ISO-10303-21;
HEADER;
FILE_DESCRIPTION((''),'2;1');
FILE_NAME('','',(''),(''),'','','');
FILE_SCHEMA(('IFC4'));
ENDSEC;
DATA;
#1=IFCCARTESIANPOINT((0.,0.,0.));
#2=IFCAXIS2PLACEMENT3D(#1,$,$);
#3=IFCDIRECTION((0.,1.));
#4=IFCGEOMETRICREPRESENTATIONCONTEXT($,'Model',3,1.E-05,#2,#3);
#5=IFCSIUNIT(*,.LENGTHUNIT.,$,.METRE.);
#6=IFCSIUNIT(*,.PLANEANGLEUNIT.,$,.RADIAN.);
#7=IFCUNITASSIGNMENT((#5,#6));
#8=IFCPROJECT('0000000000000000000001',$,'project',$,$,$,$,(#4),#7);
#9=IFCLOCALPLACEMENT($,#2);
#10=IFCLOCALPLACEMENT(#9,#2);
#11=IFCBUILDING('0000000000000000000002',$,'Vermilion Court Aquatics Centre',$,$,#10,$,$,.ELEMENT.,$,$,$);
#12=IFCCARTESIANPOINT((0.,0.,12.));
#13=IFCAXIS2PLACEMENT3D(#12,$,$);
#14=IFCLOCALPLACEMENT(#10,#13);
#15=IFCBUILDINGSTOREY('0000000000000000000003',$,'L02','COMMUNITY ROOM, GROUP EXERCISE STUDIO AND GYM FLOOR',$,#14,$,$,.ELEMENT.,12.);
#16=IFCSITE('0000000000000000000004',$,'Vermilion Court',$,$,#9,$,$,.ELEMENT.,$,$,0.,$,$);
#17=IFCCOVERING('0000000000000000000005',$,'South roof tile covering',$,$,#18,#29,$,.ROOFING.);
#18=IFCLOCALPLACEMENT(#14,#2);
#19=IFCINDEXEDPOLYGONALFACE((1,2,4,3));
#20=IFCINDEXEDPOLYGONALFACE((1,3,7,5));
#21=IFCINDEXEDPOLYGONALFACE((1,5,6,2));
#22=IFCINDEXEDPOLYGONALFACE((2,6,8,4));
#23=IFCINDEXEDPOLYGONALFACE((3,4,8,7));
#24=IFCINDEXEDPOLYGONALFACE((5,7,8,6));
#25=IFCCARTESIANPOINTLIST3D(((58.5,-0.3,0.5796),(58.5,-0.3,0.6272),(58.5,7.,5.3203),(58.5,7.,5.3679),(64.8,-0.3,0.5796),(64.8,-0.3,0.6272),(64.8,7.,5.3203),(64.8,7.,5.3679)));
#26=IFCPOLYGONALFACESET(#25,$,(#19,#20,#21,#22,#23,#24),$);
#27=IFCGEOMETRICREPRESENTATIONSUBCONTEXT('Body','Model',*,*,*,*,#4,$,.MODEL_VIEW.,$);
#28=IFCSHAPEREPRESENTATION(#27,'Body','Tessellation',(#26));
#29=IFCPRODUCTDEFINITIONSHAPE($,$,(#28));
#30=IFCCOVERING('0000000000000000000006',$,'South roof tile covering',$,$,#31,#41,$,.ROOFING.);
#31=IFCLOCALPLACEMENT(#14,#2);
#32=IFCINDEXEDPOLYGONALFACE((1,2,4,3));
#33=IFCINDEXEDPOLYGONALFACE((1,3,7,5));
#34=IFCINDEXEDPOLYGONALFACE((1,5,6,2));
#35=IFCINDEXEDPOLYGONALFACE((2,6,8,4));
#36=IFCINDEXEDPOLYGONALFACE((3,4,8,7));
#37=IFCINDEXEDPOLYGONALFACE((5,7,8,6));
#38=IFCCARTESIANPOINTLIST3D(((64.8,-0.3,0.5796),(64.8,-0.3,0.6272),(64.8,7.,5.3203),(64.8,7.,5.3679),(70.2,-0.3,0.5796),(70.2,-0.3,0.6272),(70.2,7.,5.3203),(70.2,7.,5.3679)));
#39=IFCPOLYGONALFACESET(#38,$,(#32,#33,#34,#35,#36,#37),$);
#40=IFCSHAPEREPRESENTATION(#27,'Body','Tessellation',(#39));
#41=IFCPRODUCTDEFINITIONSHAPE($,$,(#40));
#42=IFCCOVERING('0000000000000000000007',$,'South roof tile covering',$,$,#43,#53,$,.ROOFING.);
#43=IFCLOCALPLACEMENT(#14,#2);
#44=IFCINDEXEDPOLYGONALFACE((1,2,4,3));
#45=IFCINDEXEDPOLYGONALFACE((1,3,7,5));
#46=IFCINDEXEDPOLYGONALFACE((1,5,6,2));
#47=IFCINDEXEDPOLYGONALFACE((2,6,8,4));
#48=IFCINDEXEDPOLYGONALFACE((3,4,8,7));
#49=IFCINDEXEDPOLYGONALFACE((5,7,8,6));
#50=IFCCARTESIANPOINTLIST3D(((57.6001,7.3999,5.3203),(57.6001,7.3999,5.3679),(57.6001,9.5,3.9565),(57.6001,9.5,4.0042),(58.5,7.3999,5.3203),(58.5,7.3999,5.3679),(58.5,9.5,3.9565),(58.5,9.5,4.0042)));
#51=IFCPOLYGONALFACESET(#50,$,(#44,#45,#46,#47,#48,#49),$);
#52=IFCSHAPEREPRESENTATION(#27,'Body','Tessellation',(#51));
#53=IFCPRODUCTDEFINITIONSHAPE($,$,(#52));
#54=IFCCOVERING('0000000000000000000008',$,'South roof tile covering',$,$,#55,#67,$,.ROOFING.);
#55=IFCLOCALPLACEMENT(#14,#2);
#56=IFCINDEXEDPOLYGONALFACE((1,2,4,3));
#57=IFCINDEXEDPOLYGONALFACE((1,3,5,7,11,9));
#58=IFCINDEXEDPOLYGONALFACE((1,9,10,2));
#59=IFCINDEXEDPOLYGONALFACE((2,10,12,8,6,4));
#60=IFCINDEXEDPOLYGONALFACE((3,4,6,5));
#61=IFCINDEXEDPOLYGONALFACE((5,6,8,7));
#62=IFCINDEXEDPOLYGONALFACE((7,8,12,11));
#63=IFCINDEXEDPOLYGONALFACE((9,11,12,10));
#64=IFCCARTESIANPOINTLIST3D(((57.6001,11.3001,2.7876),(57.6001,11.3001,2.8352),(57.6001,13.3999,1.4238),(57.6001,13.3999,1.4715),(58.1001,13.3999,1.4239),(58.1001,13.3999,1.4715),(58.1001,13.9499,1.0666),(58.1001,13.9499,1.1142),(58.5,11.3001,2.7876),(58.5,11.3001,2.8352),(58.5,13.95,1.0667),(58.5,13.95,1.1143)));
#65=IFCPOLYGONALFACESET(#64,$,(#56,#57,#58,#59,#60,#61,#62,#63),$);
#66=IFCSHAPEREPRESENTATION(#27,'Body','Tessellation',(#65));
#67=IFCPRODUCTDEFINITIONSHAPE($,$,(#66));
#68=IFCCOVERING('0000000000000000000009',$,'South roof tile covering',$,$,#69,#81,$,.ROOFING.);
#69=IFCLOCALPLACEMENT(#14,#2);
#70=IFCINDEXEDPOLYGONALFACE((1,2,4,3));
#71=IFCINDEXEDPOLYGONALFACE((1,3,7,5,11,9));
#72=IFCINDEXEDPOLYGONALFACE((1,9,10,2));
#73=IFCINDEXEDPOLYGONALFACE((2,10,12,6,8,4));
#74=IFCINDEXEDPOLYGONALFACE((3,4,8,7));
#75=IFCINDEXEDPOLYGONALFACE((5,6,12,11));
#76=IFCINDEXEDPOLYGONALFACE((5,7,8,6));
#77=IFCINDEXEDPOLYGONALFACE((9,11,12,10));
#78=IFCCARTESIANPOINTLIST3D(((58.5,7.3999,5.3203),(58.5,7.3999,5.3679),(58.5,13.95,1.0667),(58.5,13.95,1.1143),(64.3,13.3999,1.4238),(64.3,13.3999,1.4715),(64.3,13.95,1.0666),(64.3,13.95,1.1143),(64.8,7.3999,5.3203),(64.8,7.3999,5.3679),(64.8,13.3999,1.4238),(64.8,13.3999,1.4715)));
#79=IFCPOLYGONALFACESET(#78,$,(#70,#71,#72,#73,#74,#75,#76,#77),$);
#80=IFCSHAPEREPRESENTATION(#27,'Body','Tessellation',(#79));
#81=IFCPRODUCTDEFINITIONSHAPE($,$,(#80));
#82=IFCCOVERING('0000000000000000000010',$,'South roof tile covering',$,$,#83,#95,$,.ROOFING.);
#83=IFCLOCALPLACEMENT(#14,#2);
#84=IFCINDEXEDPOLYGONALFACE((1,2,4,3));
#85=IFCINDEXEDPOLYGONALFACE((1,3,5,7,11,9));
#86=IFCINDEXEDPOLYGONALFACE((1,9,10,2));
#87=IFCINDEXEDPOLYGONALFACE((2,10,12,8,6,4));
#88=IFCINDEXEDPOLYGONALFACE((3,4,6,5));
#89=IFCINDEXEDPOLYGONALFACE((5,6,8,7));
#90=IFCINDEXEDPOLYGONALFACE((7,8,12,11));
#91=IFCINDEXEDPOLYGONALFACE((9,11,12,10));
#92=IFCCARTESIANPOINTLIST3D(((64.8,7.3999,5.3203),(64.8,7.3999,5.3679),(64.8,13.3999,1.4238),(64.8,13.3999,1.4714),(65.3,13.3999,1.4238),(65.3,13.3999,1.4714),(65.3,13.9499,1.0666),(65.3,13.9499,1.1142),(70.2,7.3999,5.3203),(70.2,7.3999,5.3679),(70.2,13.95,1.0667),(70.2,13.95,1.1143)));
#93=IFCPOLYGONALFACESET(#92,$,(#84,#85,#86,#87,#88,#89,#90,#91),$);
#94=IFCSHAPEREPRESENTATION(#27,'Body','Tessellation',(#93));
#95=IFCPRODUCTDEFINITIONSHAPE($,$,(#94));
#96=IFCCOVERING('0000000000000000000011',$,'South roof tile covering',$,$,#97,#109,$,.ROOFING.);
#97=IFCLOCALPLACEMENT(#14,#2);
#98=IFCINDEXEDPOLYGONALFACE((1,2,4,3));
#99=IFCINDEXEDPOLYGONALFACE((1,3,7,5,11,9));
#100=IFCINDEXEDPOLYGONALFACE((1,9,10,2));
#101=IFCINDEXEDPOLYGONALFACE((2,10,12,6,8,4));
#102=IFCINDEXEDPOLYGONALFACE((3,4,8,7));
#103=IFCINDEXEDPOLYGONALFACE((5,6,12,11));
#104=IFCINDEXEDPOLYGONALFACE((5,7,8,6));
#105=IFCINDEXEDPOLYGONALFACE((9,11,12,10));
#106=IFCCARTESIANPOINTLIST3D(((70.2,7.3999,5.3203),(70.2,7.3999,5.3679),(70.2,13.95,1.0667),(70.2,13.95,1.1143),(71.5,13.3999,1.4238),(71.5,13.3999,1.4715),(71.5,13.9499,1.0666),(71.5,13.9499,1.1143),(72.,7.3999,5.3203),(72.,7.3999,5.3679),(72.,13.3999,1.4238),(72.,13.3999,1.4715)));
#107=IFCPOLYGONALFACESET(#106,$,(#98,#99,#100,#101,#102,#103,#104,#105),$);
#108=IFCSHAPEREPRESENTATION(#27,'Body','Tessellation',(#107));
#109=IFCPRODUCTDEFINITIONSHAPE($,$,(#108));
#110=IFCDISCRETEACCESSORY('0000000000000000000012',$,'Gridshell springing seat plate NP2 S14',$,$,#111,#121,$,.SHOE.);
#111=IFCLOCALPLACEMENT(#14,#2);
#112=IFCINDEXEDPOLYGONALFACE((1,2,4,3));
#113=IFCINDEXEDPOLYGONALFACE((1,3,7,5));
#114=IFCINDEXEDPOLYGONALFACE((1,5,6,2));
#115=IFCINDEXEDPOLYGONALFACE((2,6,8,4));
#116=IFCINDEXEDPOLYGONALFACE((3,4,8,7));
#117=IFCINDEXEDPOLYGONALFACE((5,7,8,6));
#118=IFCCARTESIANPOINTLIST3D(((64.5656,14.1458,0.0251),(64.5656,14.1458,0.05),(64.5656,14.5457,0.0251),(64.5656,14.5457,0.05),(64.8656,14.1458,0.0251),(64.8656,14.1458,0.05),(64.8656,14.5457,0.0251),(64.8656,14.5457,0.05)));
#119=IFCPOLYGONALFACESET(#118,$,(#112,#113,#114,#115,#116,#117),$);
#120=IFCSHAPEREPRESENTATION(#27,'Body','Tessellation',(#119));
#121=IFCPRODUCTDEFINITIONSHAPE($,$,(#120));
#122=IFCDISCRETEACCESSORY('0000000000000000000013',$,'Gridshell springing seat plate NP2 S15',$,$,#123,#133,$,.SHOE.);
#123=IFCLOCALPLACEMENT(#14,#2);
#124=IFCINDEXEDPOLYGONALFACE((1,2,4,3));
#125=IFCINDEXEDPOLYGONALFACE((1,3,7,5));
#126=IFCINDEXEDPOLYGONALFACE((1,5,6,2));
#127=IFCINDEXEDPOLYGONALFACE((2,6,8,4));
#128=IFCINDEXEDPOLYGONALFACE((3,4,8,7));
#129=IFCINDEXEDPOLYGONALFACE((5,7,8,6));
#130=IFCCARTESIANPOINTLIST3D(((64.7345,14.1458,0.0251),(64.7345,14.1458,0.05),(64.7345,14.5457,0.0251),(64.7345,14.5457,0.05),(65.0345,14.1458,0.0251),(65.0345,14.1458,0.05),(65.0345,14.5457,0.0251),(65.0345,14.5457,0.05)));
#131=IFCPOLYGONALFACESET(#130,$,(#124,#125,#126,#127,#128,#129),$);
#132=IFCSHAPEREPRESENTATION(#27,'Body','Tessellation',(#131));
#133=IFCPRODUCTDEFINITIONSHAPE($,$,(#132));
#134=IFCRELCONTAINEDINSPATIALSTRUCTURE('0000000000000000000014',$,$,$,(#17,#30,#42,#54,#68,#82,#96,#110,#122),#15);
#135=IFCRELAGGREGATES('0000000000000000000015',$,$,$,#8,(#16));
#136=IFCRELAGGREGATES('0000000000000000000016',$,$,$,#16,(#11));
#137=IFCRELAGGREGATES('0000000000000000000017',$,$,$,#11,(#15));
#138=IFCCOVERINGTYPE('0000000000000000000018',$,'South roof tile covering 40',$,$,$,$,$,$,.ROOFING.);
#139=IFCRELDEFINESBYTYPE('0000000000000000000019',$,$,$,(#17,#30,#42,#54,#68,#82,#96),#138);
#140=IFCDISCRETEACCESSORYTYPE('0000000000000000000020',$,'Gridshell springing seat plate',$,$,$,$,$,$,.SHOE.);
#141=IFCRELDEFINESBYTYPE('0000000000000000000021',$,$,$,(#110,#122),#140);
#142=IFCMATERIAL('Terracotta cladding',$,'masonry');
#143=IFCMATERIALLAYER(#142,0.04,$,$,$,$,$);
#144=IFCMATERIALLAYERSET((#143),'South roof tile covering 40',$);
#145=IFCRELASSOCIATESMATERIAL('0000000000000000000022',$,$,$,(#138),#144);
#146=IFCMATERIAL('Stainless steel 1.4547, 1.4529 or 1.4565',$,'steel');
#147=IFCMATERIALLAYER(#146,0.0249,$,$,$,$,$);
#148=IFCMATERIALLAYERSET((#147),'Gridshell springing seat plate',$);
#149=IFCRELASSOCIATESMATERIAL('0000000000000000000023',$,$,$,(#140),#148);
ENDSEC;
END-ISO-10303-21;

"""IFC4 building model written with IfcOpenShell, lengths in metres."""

from ifc_helpers import new_model, si_unit, direction, frame, origin, origin_2d, place, context, subcontext, project, spatial, polyline, rectangle, outline, extrude, material, layer, layer_set, type_object, element, save


model = new_model("IFC4")

# Units and contexts
model_context = context("Model", 3, precision=1e-05, world=origin(), true_north=direction((0.0, 1.0)))
body_context = subcontext(model_context, "Body", "Model", "MODEL_VIEW")
ifc_project = project(units=[si_unit("LENGTHUNIT", "METRE"), si_unit("PLANEANGLEUNIT", "RADIAN")], contexts=[model_context])

# Site, building, storey
site_placement = place(None, origin())
site = spatial("IfcSite", under=ifc_project, at=site_placement, Name="Vermilion Court", CompositionType="ELEMENT", RefElevation=0.0)
building_placement = place(site_placement, origin())
building = spatial("IfcBuilding", under=site, at=building_placement, Name="Vermilion Court Aquatics Centre", CompositionType="ELEMENT")
storey_placement = place(building_placement, frame((0.0, 0.0, 12.0)))
storey = spatial("IfcBuildingStorey", under=building, at=storey_placement, Name="L02", Description="COMMUNITY ROOM, GROUP EXERCISE STUDIO AND GYM FLOOR", CompositionType="ELEMENT", Elevation=12.0)

# Coverings
ifc_material_1 = material(Name="Terracotta cladding", Category="masonry")
ifc_layer_1 = layer(ifc_material_1, 0.04)
ifc_layer_set_1 = layer_set([ifc_layer_1], Name="South roof tile covering 40")
covering_type = type_object("IfcCoveringType", Name="South roof tile covering 40", PredefinedType="ROOFING", material=ifc_layer_set_1)
covering_1_placement = place(storey_placement, frame((58.5, -0.3, 0.6272), z_axis=(0.0, -0.54464, 0.83867), x_axis=(0.0, 0.83867, 0.54464)))
element("IfcCovering", 1, at=covering_1_placement, inside=storey, type_object=covering_type, Name="South roof tile covering", PredefinedType="ROOFING", context=body_context, shape_type="SweptSolid", body=[
    extrude(outline(polyline([(0.0, 0.0), (8.7043, 0.0), (8.7043, -6.3), (0.0, -6.3), (0.0, 0.0)])), origin(), (-0.54464, 0.0, -0.83867), 0.0476),
])
covering_2_placement = place(storey_placement, frame((70.2, -0.3, 0.6272), z_axis=(0.0, -0.54464, 0.83867), x_axis=(-1.0, 0.0, 0.0)))
element("IfcCovering", 2, at=covering_2_placement, inside=storey, type_object=covering_type, Name="South roof tile covering", PredefinedType="ROOFING", context=body_context, shape_type="SweptSolid", body=[
    extrude(outline(polyline([(0.0, 0.0), (5.3999, 0.0), (5.3999, -8.7043), (0.0, -8.7043), (0.0, 0.0)])), origin(), (0.0, 0.54464, -0.83867), 0.0476),
])
covering_3_placement = place(storey_placement, frame((58.5, 7.3999, 5.3679), z_axis=(0.0, 0.544625, 0.83868), x_axis=(-1.0, 0.0, 0.0)))
element("IfcCovering", 3, at=covering_3_placement, inside=storey, type_object=covering_type, Name="South roof tile covering", PredefinedType="ROOFING", context=body_context, shape_type="SweptSolid", body=[
    extrude(outline(polyline([(0.0, 0.0), (0.8999, 0.0), (0.8999, -2.5041), (0.0, -2.5041), (0.0, 0.0)])), origin(), (0.0, -0.544625, -0.83868), 0.0476),
])
covering_4_placement = place(storey_placement, frame((58.5, 13.95, 1.1143), z_axis=(-0.000024, 0.544663, 0.838655), x_axis=(0.0, -0.838655, 0.544663)))
element("IfcCovering", 4, at=covering_4_placement, inside=storey, type_object=covering_type, Name="South roof tile covering", PredefinedType="ROOFING", context=body_context, shape_type="SweptSolid", body=[
    extrude(outline(polyline([(0.0, 0.0), (3.1597, 0.0), (3.1597, -0.8999), (0.6558, -0.8999), (0.6558, -0.3999), (0.0, -0.3999), (0.0, 0.0)])), origin(), (-0.544663, -0.00002, -0.838655), 0.0476),
])
covering_5_placement = place(storey_placement, frame((64.8, 7.3999, 5.3679), z_axis=(0.000002, 0.54464, 0.83867), x_axis=(-1.0, 0.000001, 0.000002)))
element("IfcCovering", 5, at=covering_5_placement, inside=storey, type_object=covering_type, Name="South roof tile covering", PredefinedType="ROOFING", context=body_context, shape_type="SweptSolid", body=[
    extrude(outline(polyline([(0.0, 0.0), (6.3, 0.0), (6.3, -7.81), (0.5, -7.81), (0.5, -7.1542), (0.0, -7.1542), (0.0, 0.0)])), origin(), (-0.000002, -0.54464, -0.83867), 0.0476),
])
covering_6_placement = place(storey_placement, frame((70.2, 13.95, 1.1143), z_axis=(-0.000002, 0.54464, 0.83867), x_axis=(0.0, -0.83867, 0.54464)))
element("IfcCovering", 6, at=covering_6_placement, inside=storey, type_object=covering_type, Name="South roof tile covering", PredefinedType="ROOFING", context=body_context, shape_type="SweptSolid", body=[
    extrude(outline(polyline([(0.0, 0.0), (7.81, 0.0), (7.81, -5.3999), (0.6558, -5.3999), (0.6558, -4.8999), (0.0, -4.8999), (0.0, 0.0)])), origin(), (-0.54464, -0.000002, -0.83867), 0.0476),
])
covering_7_placement = place(storey_placement, frame((72.0, 7.3999, 5.3679), z_axis=(0.000007, 0.544641, 0.838669), x_axis=(-1.0, 0.000004, 0.000006)))
element("IfcCovering", 7, at=covering_7_placement, inside=storey, type_object=covering_type, Name="South roof tile covering", PredefinedType="ROOFING", context=body_context, shape_type="SweptSolid", body=[
    extrude(outline(polyline([(0.0, 0.0), (1.8, 0.0), (1.8, -7.81), (0.5, -7.81), (0.5, -7.1542), (0.0, -7.1542), (0.0, 0.0)])), origin(), (-0.000006, -0.544641, -0.838669), 0.0476),
])

# Discrete accessories
ifc_material_2 = material(Name="Stainless steel 1.4547, 1.4529 or 1.4565", Category="steel")
ifc_layer_2 = layer(ifc_material_2, 0.0249)
ifc_layer_set_2 = layer_set([ifc_layer_2], Name="Gridshell springing seat plate")
discrete_accessory_type = type_object("IfcDiscreteAccessoryType", Name="Gridshell springing seat plate", PredefinedType="SHOE", material=ifc_layer_set_2)
for number, where, z_axis, x_axis, name in (
    (8, (64.7156, 14.3457, 0.0251), (0.0, 0.0, 1.0), (1.0, 0.0, 0.0), "Gridshell springing seat plate NP2 S14"),
    (9, (64.8845, 14.3457, 0.0251), (0.0, 0.0, 1.0), (1.0, 0.0, 0.0), "Gridshell springing seat plate NP2 S15"),
):
    element("IfcDiscreteAccessory", number, at=place(storey_placement, frame(where, z_axis=z_axis, x_axis=x_axis)), inside=storey, type_object=discrete_accessory_type, Name=name, PredefinedType="SHOE", context=body_context, shape_type="SweptSolid", body=[
        extrude(rectangle(XDim=0.3, YDim=0.3999, at=origin_2d()), origin(), (0.0, 0.0, 1.0), 0.0249),
    ])

save(model, "model.ifc")
